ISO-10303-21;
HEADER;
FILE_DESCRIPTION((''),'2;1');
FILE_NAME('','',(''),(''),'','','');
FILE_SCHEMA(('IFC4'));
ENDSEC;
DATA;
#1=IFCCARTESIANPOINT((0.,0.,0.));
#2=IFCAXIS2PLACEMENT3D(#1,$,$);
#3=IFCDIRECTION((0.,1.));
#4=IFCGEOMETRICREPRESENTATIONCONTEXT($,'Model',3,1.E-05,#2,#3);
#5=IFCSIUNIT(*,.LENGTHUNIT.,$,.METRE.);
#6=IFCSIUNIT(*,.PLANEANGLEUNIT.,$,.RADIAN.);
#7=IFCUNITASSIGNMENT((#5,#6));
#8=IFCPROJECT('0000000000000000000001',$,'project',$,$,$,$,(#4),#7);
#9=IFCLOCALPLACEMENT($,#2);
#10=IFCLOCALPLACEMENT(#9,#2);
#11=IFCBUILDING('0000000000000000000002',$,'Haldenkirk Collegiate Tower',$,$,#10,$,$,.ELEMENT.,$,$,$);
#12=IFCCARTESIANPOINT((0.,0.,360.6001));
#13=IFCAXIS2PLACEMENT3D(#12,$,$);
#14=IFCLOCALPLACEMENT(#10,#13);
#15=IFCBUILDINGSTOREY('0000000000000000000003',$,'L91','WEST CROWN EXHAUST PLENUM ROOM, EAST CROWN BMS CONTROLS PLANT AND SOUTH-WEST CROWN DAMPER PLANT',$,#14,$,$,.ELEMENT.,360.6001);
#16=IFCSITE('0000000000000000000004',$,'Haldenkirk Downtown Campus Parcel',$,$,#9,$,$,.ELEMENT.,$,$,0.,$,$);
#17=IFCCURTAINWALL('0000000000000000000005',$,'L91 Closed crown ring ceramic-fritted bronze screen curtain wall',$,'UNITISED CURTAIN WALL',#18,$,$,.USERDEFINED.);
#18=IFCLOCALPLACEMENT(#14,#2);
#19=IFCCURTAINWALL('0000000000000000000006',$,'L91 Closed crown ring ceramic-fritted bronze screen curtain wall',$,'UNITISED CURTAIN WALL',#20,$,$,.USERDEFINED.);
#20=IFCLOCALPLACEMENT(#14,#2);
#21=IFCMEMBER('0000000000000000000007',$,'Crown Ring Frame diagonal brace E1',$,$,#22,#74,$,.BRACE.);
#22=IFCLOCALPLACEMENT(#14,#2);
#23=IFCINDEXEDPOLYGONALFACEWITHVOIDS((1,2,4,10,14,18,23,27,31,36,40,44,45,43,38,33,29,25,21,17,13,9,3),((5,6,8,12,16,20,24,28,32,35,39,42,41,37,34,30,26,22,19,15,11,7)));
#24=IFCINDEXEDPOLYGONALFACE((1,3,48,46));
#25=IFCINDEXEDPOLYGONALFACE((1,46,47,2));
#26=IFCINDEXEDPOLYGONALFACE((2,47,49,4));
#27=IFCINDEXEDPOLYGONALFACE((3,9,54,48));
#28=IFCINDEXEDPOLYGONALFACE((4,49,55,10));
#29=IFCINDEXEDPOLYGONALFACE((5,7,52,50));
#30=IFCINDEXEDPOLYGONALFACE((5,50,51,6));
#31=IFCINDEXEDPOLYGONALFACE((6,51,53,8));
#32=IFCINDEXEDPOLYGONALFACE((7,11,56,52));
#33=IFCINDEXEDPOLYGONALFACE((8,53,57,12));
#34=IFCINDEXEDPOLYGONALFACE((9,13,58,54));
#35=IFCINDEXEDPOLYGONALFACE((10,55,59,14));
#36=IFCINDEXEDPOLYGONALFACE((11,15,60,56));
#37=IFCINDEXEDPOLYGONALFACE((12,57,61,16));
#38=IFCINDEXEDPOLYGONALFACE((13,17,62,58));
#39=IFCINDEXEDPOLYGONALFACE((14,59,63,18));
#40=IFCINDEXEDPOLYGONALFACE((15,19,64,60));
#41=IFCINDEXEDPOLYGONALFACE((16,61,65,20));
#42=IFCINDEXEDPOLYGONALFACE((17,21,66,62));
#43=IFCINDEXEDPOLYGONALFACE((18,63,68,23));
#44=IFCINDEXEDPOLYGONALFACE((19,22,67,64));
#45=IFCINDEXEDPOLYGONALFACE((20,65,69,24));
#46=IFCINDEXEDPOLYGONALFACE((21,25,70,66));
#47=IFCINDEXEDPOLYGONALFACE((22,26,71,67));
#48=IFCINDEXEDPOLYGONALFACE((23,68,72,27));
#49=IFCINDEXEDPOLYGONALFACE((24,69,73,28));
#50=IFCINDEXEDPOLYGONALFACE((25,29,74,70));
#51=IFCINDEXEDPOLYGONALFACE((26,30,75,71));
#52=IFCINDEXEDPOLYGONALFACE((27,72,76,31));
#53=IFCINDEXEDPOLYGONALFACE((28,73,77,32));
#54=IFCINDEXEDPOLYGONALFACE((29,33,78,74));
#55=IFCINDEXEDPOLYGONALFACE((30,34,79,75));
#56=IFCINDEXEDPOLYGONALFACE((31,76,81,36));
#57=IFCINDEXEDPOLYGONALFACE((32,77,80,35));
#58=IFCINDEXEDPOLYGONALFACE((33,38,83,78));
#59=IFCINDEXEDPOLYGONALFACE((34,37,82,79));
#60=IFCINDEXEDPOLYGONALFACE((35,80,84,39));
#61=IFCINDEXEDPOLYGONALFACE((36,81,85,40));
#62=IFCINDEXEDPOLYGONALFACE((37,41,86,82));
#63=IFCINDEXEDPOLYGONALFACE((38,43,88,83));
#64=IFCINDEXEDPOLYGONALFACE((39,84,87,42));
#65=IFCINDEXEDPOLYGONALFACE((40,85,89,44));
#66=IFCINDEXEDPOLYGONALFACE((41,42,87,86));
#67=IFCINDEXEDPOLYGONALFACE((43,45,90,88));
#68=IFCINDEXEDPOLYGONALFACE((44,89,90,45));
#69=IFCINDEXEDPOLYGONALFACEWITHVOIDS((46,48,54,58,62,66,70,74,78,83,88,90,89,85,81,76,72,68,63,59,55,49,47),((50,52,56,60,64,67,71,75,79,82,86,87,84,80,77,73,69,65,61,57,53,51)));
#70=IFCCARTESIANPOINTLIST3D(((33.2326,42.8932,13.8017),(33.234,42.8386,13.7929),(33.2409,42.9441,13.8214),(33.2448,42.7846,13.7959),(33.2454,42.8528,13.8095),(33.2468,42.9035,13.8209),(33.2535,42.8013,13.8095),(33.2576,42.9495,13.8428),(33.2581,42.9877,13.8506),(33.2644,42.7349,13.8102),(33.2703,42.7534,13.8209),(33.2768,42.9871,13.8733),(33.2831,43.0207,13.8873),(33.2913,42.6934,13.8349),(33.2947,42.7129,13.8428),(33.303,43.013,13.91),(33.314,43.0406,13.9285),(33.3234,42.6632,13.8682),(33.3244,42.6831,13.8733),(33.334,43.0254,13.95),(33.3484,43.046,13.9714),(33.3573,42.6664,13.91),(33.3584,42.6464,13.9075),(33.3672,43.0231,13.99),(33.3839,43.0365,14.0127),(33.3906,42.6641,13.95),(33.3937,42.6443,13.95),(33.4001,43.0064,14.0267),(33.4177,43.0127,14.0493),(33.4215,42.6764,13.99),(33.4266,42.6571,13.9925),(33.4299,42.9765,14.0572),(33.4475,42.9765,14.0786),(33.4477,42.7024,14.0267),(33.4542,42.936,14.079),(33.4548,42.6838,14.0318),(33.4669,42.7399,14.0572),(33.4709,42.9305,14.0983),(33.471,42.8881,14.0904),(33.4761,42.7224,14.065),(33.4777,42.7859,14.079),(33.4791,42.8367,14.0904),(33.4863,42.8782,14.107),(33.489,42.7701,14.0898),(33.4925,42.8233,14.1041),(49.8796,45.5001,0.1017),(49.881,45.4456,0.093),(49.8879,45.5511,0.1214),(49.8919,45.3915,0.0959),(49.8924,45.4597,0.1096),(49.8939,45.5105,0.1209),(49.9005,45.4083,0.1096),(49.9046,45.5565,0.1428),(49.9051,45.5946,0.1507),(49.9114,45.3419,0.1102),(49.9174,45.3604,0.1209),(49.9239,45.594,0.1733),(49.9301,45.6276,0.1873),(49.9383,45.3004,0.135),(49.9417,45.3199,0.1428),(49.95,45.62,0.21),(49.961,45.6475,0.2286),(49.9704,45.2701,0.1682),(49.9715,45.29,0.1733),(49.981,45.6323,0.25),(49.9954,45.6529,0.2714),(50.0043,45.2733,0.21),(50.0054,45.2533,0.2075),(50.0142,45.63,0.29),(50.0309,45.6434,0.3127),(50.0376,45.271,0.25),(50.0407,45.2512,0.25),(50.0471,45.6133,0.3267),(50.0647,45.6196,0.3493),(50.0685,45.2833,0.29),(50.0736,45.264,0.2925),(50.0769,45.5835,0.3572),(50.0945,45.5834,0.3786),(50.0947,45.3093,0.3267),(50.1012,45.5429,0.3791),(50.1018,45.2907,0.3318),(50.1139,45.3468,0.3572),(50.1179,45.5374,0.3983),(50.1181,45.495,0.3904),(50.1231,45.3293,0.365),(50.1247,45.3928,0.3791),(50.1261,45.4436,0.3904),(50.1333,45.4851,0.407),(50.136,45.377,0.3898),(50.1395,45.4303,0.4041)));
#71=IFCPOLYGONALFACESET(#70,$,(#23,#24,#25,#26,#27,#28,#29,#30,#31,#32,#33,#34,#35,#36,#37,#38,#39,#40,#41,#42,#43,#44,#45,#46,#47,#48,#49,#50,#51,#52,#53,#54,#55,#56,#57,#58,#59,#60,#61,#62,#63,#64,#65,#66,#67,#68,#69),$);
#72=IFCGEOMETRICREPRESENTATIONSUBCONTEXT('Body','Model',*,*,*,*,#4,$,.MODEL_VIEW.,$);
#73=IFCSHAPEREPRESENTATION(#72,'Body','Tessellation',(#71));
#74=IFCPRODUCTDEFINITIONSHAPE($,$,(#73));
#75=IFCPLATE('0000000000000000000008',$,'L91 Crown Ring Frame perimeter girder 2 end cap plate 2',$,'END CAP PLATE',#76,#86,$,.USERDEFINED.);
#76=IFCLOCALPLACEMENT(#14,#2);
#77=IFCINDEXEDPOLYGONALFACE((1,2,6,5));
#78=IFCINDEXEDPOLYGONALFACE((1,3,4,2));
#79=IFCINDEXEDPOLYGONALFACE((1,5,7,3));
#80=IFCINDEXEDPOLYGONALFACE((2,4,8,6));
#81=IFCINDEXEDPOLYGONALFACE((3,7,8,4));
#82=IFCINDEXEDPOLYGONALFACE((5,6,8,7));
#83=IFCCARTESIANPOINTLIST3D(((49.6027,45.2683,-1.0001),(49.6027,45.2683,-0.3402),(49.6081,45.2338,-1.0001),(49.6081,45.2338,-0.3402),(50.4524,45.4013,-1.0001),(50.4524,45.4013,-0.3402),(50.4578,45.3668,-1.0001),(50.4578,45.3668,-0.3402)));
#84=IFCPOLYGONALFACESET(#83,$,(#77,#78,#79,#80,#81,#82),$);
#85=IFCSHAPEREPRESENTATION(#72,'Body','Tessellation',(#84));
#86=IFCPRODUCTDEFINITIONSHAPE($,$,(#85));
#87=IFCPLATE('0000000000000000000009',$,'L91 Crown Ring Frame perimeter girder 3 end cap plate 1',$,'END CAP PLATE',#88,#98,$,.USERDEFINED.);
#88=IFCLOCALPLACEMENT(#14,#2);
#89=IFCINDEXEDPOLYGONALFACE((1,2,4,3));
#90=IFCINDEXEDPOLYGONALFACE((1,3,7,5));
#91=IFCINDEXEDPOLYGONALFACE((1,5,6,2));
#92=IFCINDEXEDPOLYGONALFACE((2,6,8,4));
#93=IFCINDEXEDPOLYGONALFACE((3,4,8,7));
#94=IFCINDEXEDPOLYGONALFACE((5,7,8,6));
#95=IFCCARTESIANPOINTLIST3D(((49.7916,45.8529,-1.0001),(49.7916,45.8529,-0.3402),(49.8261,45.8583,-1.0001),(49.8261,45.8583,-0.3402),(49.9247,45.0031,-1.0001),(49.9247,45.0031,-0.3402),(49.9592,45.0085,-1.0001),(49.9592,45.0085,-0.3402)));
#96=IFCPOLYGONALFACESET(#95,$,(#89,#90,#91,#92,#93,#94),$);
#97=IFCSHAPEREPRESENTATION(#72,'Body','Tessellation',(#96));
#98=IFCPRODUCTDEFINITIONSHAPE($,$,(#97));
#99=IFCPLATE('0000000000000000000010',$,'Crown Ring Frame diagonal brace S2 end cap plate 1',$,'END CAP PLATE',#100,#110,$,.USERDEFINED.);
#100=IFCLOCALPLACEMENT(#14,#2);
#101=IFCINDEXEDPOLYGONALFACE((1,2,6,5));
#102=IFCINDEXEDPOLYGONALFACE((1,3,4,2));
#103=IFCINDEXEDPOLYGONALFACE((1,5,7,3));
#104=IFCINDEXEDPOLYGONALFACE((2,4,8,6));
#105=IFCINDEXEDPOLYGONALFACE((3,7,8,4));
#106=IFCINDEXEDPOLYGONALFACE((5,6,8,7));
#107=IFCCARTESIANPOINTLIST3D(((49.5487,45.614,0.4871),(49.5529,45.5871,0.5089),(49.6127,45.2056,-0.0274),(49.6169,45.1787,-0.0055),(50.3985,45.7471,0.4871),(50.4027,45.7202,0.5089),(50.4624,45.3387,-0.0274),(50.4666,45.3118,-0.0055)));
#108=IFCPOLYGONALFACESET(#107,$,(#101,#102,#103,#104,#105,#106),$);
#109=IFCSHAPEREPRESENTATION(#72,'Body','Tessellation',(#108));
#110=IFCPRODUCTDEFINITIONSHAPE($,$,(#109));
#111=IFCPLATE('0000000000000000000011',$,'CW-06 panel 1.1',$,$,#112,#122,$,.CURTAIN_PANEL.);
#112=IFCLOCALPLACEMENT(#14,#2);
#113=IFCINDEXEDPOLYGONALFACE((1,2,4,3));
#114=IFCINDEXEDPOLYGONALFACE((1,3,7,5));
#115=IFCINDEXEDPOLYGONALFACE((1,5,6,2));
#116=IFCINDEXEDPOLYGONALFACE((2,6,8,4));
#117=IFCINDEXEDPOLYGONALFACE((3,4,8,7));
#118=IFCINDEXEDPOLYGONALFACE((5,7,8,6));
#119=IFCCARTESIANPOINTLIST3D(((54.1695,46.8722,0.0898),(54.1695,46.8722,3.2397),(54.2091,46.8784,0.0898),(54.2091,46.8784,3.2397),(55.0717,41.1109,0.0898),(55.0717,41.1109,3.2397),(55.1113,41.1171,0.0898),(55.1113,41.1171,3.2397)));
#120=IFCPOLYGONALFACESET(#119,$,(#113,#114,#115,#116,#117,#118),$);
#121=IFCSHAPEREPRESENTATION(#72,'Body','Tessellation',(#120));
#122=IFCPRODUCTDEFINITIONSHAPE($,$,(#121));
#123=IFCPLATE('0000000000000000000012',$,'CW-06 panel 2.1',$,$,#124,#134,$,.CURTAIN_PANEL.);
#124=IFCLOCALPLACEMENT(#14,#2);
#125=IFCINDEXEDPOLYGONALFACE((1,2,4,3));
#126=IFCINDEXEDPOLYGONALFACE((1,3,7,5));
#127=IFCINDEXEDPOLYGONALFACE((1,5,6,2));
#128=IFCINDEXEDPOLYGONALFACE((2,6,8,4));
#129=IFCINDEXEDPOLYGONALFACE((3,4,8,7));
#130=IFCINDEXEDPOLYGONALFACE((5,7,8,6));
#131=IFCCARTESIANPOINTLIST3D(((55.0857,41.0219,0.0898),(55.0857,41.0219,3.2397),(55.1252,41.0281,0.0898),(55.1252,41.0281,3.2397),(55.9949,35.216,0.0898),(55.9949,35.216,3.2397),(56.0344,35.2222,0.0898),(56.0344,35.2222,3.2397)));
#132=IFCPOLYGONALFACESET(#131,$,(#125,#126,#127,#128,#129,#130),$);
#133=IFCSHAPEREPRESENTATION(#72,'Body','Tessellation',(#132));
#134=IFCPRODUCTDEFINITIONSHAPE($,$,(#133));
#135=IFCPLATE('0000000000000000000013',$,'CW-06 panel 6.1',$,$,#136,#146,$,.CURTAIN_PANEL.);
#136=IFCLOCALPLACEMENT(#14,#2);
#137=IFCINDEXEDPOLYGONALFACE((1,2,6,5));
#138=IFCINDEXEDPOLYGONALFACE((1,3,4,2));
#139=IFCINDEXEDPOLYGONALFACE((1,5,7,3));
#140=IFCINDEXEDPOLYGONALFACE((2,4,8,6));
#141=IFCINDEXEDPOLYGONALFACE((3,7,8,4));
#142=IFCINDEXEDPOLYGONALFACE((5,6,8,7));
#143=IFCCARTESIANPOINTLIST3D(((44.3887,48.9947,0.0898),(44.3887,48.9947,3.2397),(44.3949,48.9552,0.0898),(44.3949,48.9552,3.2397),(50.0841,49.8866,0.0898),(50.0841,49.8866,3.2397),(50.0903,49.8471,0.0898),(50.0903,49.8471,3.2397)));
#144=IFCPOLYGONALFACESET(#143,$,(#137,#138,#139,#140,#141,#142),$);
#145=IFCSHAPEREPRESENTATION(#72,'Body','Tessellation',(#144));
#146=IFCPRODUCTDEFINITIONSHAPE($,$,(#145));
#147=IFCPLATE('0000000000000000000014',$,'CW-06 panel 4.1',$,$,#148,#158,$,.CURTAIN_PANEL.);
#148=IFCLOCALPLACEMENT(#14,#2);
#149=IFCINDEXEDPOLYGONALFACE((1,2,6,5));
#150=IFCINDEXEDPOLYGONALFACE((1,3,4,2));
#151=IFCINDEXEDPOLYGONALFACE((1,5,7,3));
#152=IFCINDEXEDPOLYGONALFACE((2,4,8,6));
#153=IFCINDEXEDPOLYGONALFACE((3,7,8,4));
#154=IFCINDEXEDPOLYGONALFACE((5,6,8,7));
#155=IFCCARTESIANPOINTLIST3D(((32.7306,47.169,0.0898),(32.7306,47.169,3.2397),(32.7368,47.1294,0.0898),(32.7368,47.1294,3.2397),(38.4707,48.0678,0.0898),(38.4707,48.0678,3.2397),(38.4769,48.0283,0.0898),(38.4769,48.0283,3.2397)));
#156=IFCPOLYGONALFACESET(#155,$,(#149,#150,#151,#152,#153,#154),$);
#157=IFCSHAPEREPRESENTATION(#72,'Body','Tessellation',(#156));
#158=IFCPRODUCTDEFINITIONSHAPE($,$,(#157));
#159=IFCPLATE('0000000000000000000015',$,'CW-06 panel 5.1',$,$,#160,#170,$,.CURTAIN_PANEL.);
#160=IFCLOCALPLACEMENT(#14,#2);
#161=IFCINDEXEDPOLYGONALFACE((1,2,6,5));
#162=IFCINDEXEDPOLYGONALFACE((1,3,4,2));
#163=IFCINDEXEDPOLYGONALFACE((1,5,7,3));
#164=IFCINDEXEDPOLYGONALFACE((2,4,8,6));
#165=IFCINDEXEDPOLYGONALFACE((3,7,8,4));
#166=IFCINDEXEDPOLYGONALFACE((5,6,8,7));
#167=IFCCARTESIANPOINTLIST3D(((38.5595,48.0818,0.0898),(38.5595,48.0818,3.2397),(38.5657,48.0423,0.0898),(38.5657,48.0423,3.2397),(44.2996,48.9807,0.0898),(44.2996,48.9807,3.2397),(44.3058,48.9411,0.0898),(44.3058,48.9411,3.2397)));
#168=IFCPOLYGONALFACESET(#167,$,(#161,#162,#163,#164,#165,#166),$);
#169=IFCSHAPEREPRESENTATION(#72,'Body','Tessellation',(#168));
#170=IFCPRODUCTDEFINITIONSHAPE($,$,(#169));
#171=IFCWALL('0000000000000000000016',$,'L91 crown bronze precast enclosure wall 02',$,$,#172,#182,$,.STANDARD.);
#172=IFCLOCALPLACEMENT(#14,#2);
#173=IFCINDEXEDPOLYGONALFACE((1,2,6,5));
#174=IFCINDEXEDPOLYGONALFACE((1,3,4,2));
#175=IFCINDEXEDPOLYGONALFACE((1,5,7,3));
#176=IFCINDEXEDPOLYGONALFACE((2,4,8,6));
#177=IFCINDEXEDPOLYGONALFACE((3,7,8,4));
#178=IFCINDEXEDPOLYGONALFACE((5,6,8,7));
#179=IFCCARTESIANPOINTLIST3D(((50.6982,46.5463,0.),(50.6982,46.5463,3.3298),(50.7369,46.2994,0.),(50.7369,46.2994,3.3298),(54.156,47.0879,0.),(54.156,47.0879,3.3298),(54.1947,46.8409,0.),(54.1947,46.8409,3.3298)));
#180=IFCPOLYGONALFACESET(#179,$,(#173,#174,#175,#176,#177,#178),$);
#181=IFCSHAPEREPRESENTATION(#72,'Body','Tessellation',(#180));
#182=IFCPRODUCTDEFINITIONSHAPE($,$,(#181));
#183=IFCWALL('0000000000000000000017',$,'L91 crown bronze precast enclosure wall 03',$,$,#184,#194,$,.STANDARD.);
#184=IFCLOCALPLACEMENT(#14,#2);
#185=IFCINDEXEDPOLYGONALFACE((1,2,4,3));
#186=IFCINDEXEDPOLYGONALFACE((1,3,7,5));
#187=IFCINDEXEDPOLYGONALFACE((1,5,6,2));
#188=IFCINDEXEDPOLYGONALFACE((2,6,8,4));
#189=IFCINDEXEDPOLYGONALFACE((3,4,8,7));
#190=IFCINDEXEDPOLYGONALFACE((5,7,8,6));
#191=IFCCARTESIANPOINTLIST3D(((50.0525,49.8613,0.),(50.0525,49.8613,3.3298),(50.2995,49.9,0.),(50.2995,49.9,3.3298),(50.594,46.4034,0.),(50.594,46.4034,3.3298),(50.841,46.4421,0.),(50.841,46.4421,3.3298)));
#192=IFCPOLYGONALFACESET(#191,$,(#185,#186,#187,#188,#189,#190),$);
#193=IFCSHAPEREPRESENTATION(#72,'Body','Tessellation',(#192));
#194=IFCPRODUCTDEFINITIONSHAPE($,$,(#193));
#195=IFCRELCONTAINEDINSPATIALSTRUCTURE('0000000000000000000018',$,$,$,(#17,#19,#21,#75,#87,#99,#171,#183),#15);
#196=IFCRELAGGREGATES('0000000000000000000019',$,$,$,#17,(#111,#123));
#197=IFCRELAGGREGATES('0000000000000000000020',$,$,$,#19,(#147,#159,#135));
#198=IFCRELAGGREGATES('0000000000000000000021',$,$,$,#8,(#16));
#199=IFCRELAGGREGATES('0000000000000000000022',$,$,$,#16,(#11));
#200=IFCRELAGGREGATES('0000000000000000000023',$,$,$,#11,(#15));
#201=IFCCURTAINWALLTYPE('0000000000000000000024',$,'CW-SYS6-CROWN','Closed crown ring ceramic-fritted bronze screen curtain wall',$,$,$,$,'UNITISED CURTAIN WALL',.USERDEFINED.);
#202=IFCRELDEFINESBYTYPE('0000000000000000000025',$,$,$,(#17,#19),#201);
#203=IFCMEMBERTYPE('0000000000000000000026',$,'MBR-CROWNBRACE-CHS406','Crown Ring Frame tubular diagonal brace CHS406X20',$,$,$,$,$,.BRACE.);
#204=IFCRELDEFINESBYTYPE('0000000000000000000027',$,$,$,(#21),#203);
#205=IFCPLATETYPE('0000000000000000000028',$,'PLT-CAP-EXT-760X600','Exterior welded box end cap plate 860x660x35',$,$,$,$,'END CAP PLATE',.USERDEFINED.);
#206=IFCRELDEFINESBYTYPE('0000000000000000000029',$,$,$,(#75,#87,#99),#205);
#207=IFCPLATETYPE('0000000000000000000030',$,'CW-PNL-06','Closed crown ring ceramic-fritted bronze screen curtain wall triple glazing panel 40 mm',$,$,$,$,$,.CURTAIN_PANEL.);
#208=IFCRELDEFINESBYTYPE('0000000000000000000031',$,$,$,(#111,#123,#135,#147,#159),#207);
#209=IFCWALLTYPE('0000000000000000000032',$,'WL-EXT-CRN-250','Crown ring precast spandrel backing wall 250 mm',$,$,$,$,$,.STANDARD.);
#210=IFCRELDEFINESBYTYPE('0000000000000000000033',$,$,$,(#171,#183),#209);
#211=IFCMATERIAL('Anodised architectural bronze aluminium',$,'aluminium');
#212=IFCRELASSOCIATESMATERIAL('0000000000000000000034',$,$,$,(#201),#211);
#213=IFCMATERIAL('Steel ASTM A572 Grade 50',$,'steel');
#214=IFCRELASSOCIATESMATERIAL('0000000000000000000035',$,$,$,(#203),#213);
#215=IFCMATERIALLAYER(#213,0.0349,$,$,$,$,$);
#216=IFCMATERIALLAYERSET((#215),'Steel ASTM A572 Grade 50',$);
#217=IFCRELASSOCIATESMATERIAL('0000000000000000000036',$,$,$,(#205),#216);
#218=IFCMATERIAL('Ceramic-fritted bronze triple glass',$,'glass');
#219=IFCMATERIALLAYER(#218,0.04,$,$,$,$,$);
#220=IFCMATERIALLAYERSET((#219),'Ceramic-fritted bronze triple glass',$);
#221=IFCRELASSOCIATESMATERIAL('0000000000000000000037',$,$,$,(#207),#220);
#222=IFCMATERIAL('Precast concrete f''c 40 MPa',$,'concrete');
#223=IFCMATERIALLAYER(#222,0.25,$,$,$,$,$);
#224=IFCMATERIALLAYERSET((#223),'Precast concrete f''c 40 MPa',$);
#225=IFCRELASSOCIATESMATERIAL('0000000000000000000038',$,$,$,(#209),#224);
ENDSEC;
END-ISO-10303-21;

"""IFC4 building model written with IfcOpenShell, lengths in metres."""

from ifc_helpers import new_model, si_unit, direction, frame, frame_2d, origin, origin_2d, place, context, subcontext, project, spatial, rectangle, hollow_circle, extrude, source, transform, mapped, material, layer, layer_set, material_profile, profile_set, type_object, element, aggregate, save


model = new_model("IFC4")

# Units and contexts
model_context = context("Model", 3, precision=1e-05, world=origin(), true_north=direction((0.0, 1.0)))
body_context = subcontext(model_context, "Body", "Model", "MODEL_VIEW")
ifc_project = project(units=[si_unit("LENGTHUNIT", "METRE"), si_unit("PLANEANGLEUNIT", "RADIAN")], contexts=[model_context])

# Site, building, storey
site_placement = place(None, origin())
site = spatial("IfcSite", under=ifc_project, at=site_placement, Name="Haldenkirk Downtown Campus Parcel", CompositionType="ELEMENT", RefElevation=0.0)
building_placement = place(site_placement, origin())
building = spatial("IfcBuilding", under=site, at=building_placement, Name="Haldenkirk Collegiate Tower", CompositionType="ELEMENT")
storey_placement = place(building_placement, frame((0.0, 0.0, 360.6001)))
storey = spatial("IfcBuildingStorey", under=building, at=storey_placement, Name="L91", Description="WEST CROWN EXHAUST PLENUM ROOM, EAST CROWN BMS CONTROLS PLANT AND SOUTH-WEST CROWN DAMPER PLANT", CompositionType="ELEMENT", Elevation=360.6001)

# Shared definitions
ifc_material_1 = material(Name="Steel ASTM A572 Grade 50", Category="steel")

# Curtain walls
ifc_material_2 = material(Name="Anodised architectural bronze aluminium", Category="aluminium")
curtain_wall_type = type_object("IfcCurtainWallType", Name="CW-SYS6-CROWN", Description="Closed crown ring ceramic-fritted bronze screen curtain wall", ElementType="UNITISED CURTAIN WALL", PredefinedType="USERDEFINED", material=ifc_material_2)
curtain_wall_1_placement = place(storey_placement, origin())
curtain_wall_1 = element("IfcCurtainWall", 1, at=curtain_wall_1_placement, inside=storey, type_object=curtain_wall_type, Name="L91 Closed crown ring ceramic-fritted bronze screen curtain wall", ObjectType="UNITISED CURTAIN WALL", PredefinedType="USERDEFINED")
curtain_wall_2_placement = place(storey_placement, origin())
curtain_wall_2 = element("IfcCurtainWall", 2, at=curtain_wall_2_placement, inside=storey, type_object=curtain_wall_type, Name="L91 Closed crown ring ceramic-fritted bronze screen curtain wall", ObjectType="UNITISED CURTAIN WALL", PredefinedType="USERDEFINED")

# Member
ifc_material_profile_1 = material_profile(ifc_material_1, hollow_circle(Radius=0.2029, WallThickness=0.02, at=origin_2d()), Name="CHS406X20")
ifc_profile_set_1 = profile_set([ifc_material_profile_1], Name="Steel ASTM A572 Grade 50")
member_type_1 = type_object("IfcMemberType", Name="MBR-CROWNBRACE-CHS406", Description="Crown Ring Frame tubular diagonal brace CHS406X20", PredefinedType="BRACE", material=ifc_profile_set_1)
member_1_placement = place(storey_placement, frame((50.0093, 45.4517, 0.25), z_axis=(-0.766559, -0.120044, 0.630854), x_axis=(0.154715, -0.987959, 0.0)))
element("IfcMember", 3, at=member_1_placement, inside=storey, type_object=member_type_1, Name="Crown Ring Frame diagonal brace E1", PredefinedType="BRACE", context=body_context, shape_type="SweptSolid", body=[
    extrude(hollow_circle(Radius=0.2029, WallThickness=0.02, at=origin_2d()), origin(), (0.0, 0.0, 1.0), 21.7166),
])

# Plates
ifc_layer_1 = layer(ifc_material_1, 0.0349)
ifc_layer_set_1 = layer_set([ifc_layer_1], Name="Steel ASTM A572 Grade 50")
plate_type_1 = type_object("IfcPlateType", Name="PLT-CAP-EXT-760X600", Description="Exterior welded box end cap plate 860x660x35", ElementType="END CAP PLATE", PredefinedType="USERDEFINED", material=ifc_layer_set_1)
shared_shape_1 = source(origin(), body_context, "Body", "SweptSolid", [
    extrude(rectangle(XDim=0.8601, YDim=0.6599, at=origin_2d()), origin(), (0.0, 0.0, 1.0), 0.0349),
])
for number, where, z_axis, x_axis, name in (
    (4, (50.033, 45.3003, -0.6702), (-0.154711, 0.98796, 0.0), (-0.98796, -0.154711, 0.0), "L91 Crown Ring Frame perimeter girder 2 end cap plate 2"),
    (5, (49.8582, 45.428, -0.6702), (0.987959, 0.154713, 0.0), (-0.154713, 0.987959, 0.0), "L91 Crown Ring Frame perimeter girder 3 end cap plate 1"),
    (6, (50.0098, 45.4495, 0.2517), (-0.120601, 0.770143, -0.626367), (-0.98796, -0.15471, 0.0), "Crown Ring Frame diagonal brace S2 end cap plate 1"),
):
    element("IfcPlate", number, at=place(storey_placement, frame(where, z_axis=z_axis, x_axis=x_axis)), inside=storey, type_object=plate_type_1, Name=name, ObjectType="END CAP PLATE", PredefinedType="USERDEFINED", context=body_context, shape_type="MappedRepresentation", body=[
        mapped(shared_shape_1, transform((0.0, 0.0, 0.0), x_axis=(1.0, 0.0, 0.0), y_axis=(0.0, 1.0, 0.0), z_axis=(0.0, 0.0, 1.0), scale=1.0)),
    ])

# Plates
ifc_material_3 = material(Name="Ceramic-fritted bronze triple glass", Category="glass")
ifc_layer_2 = layer(ifc_material_3, 0.04)
ifc_layer_set_2 = layer_set([ifc_layer_2], Name="Ceramic-fritted bronze triple glass")
plate_type_2 = type_object("IfcPlateType", Name="CW-PNL-06", Description="Closed crown ring ceramic-fritted bronze screen curtain wall triple glazing panel 40 mm", PredefinedType="CURTAIN_PANEL", material=ifc_layer_set_2)
shared_shape_2 = source(origin(), body_context, "Body", "SweptSolid", [
    extrude(rectangle(XDim=5.8315, YDim=0.04, at=origin_2d()), origin(), (0.0, 0.0, 1.0), 3.1499),
])
plate_1_placement = place(storey_placement, frame((54.6404, 43.9946, 0.0898), z_axis=(0.0, 0.0, 1.0), x_axis=(0.154713, -0.98796, 0.0)))
plate_1 = element("IfcPlate", 7, at=plate_1_placement, type_object=plate_type_2, Name="CW-06 panel 1.1", PredefinedType="CURTAIN_PANEL", context=body_context, shape_type="MappedRepresentation", body=[
    mapped(shared_shape_2, transform((0.0, 0.0, 0.0), x_axis=(1.0, 0.0, 0.0), y_axis=(0.0, 1.0, 0.0), z_axis=(0.0, 0.0, 1.0), scale=1.0)),
])
shared_shape_3 = source(origin(), body_context, "Body", "SweptSolid", [
    extrude(rectangle(XDim=5.8767, YDim=0.04, at=origin_2d()), origin(), (0.0, 0.0, 1.0), 3.1499),
])
plate_2_placement = place(storey_placement, frame((55.5601, 38.1221, 0.0898), z_axis=(0.0, 0.0, 1.0), x_axis=(0.154713, -0.98796, 0.0)))
plate_2 = element("IfcPlate", 8, at=plate_2_placement, type_object=plate_type_2, Name="CW-06 panel 2.1", PredefinedType="CURTAIN_PANEL", context=body_context, shape_type="MappedRepresentation", body=[
    mapped(shared_shape_3, transform((0.0, 0.0, 0.0), x_axis=(1.0, 0.0, 0.0), y_axis=(0.0, 1.0, 0.0), z_axis=(0.0, 0.0, 1.0), scale=1.0)),
])
aggregate(curtain_wall_1, [plate_1, plate_2])
shared_shape_4 = source(origin(), body_context, "Body", "SweptSolid", [
    extrude(rectangle(XDim=5.7649, YDim=0.04, at=origin_2d()), origin(), (0.0, 0.0, 1.0), 3.1499),
])
plate_3_placement = place(storey_placement, frame((47.2395, 49.4209, 0.0898), z_axis=(0.0, 0.0, 1.0), x_axis=(0.98796, 0.154709, 0.0)))
plate_3 = element("IfcPlate", 9, at=plate_3_placement, type_object=plate_type_2, Name="CW-06 panel 6.1", PredefinedType="CURTAIN_PANEL", context=body_context, shape_type="MappedRepresentation", body=[
    mapped(shared_shape_4, transform((0.0, 0.0, 0.0), x_axis=(1.0, 0.0, 0.0), y_axis=(0.0, 1.0, 0.0), z_axis=(0.0, 0.0, 1.0), scale=1.0)),
])
shared_shape_5 = source(origin(), body_context, "Body", "SweptSolid", [
    extrude(rectangle(XDim=5.8101, YDim=0.04, at=origin_2d()), origin(), (0.0, 0.0, 1.0), 3.1499),
])
plate_4_placement = place(storey_placement, frame((35.6038, 47.5986, 0.0898), z_axis=(0.0, 0.0, 1.0), x_axis=(0.98796, 0.154709, 0.0)))
plate_4 = element("IfcPlate", 10, at=plate_4_placement, type_object=plate_type_2, Name="CW-06 panel 4.1", PredefinedType="CURTAIN_PANEL", context=body_context, shape_type="MappedRepresentation", body=[
    mapped(shared_shape_5, transform((0.0, 0.0, 0.0), x_axis=(1.0, 0.0, 0.0), y_axis=(0.0, 1.0, 0.0), z_axis=(0.0, 0.0, 1.0), scale=1.0)),
])
plate_5_placement = place(storey_placement, frame((41.4326, 48.5115, 0.0898), z_axis=(0.0, 0.0, 1.0), x_axis=(0.98796, 0.154709, 0.0)))
plate_5 = element("IfcPlate", 11, at=plate_5_placement, type_object=plate_type_2, Name="CW-06 panel 5.1", PredefinedType="CURTAIN_PANEL", context=body_context, shape_type="MappedRepresentation", body=[
    mapped(shared_shape_5, transform((0.0, 0.0, 0.0), x_axis=(1.0, 0.0, 0.0), y_axis=(0.0, 1.0, 0.0), z_axis=(0.0, 0.0, 1.0), scale=1.0)),
])
aggregate(curtain_wall_2, [plate_4, plate_5, plate_3])

# Walls
ifc_material_4 = material(Name="Precast concrete f'c 40 MPa", Category="concrete")
ifc_layer_3 = layer(ifc_material_4, 0.25)
ifc_layer_set_3 = layer_set([ifc_layer_3], Name="Precast concrete f'c 40 MPa")
wall_type_1 = type_object("IfcWallType", Name="WL-EXT-CRN-250", Description="Crown ring precast spandrel backing wall 250 mm", PredefinedType="STANDARD", material=ifc_layer_set_3)
for number, where, z_axis, x_axis, name in (
    (12, (50.7175, 46.4229, 0.0), (0.0, 0.0, 1.0), (0.987958, 0.154719, 0.0), "L91 crown bronze precast enclosure wall 02"),
    (13, (50.176, 49.8806, 0.0), (0.0, 0.0, 1.0), (0.154719, -0.987958, 0.0), "L91 crown bronze precast enclosure wall 03"),
):
    element("IfcWall", number, at=place(storey_placement, frame(where, z_axis=z_axis, x_axis=x_axis)), inside=storey, type_object=wall_type_1, Name=name, PredefinedType="STANDARD", context=body_context, shape_type="SweptSolid", body=[
        extrude(rectangle(XDim=3.5, YDim=0.25, at=frame_2d((1.75, 0.0))), origin(), (0.0, 0.0, 1.0), 3.3298),
    ])

save(model, "model.ifc")
